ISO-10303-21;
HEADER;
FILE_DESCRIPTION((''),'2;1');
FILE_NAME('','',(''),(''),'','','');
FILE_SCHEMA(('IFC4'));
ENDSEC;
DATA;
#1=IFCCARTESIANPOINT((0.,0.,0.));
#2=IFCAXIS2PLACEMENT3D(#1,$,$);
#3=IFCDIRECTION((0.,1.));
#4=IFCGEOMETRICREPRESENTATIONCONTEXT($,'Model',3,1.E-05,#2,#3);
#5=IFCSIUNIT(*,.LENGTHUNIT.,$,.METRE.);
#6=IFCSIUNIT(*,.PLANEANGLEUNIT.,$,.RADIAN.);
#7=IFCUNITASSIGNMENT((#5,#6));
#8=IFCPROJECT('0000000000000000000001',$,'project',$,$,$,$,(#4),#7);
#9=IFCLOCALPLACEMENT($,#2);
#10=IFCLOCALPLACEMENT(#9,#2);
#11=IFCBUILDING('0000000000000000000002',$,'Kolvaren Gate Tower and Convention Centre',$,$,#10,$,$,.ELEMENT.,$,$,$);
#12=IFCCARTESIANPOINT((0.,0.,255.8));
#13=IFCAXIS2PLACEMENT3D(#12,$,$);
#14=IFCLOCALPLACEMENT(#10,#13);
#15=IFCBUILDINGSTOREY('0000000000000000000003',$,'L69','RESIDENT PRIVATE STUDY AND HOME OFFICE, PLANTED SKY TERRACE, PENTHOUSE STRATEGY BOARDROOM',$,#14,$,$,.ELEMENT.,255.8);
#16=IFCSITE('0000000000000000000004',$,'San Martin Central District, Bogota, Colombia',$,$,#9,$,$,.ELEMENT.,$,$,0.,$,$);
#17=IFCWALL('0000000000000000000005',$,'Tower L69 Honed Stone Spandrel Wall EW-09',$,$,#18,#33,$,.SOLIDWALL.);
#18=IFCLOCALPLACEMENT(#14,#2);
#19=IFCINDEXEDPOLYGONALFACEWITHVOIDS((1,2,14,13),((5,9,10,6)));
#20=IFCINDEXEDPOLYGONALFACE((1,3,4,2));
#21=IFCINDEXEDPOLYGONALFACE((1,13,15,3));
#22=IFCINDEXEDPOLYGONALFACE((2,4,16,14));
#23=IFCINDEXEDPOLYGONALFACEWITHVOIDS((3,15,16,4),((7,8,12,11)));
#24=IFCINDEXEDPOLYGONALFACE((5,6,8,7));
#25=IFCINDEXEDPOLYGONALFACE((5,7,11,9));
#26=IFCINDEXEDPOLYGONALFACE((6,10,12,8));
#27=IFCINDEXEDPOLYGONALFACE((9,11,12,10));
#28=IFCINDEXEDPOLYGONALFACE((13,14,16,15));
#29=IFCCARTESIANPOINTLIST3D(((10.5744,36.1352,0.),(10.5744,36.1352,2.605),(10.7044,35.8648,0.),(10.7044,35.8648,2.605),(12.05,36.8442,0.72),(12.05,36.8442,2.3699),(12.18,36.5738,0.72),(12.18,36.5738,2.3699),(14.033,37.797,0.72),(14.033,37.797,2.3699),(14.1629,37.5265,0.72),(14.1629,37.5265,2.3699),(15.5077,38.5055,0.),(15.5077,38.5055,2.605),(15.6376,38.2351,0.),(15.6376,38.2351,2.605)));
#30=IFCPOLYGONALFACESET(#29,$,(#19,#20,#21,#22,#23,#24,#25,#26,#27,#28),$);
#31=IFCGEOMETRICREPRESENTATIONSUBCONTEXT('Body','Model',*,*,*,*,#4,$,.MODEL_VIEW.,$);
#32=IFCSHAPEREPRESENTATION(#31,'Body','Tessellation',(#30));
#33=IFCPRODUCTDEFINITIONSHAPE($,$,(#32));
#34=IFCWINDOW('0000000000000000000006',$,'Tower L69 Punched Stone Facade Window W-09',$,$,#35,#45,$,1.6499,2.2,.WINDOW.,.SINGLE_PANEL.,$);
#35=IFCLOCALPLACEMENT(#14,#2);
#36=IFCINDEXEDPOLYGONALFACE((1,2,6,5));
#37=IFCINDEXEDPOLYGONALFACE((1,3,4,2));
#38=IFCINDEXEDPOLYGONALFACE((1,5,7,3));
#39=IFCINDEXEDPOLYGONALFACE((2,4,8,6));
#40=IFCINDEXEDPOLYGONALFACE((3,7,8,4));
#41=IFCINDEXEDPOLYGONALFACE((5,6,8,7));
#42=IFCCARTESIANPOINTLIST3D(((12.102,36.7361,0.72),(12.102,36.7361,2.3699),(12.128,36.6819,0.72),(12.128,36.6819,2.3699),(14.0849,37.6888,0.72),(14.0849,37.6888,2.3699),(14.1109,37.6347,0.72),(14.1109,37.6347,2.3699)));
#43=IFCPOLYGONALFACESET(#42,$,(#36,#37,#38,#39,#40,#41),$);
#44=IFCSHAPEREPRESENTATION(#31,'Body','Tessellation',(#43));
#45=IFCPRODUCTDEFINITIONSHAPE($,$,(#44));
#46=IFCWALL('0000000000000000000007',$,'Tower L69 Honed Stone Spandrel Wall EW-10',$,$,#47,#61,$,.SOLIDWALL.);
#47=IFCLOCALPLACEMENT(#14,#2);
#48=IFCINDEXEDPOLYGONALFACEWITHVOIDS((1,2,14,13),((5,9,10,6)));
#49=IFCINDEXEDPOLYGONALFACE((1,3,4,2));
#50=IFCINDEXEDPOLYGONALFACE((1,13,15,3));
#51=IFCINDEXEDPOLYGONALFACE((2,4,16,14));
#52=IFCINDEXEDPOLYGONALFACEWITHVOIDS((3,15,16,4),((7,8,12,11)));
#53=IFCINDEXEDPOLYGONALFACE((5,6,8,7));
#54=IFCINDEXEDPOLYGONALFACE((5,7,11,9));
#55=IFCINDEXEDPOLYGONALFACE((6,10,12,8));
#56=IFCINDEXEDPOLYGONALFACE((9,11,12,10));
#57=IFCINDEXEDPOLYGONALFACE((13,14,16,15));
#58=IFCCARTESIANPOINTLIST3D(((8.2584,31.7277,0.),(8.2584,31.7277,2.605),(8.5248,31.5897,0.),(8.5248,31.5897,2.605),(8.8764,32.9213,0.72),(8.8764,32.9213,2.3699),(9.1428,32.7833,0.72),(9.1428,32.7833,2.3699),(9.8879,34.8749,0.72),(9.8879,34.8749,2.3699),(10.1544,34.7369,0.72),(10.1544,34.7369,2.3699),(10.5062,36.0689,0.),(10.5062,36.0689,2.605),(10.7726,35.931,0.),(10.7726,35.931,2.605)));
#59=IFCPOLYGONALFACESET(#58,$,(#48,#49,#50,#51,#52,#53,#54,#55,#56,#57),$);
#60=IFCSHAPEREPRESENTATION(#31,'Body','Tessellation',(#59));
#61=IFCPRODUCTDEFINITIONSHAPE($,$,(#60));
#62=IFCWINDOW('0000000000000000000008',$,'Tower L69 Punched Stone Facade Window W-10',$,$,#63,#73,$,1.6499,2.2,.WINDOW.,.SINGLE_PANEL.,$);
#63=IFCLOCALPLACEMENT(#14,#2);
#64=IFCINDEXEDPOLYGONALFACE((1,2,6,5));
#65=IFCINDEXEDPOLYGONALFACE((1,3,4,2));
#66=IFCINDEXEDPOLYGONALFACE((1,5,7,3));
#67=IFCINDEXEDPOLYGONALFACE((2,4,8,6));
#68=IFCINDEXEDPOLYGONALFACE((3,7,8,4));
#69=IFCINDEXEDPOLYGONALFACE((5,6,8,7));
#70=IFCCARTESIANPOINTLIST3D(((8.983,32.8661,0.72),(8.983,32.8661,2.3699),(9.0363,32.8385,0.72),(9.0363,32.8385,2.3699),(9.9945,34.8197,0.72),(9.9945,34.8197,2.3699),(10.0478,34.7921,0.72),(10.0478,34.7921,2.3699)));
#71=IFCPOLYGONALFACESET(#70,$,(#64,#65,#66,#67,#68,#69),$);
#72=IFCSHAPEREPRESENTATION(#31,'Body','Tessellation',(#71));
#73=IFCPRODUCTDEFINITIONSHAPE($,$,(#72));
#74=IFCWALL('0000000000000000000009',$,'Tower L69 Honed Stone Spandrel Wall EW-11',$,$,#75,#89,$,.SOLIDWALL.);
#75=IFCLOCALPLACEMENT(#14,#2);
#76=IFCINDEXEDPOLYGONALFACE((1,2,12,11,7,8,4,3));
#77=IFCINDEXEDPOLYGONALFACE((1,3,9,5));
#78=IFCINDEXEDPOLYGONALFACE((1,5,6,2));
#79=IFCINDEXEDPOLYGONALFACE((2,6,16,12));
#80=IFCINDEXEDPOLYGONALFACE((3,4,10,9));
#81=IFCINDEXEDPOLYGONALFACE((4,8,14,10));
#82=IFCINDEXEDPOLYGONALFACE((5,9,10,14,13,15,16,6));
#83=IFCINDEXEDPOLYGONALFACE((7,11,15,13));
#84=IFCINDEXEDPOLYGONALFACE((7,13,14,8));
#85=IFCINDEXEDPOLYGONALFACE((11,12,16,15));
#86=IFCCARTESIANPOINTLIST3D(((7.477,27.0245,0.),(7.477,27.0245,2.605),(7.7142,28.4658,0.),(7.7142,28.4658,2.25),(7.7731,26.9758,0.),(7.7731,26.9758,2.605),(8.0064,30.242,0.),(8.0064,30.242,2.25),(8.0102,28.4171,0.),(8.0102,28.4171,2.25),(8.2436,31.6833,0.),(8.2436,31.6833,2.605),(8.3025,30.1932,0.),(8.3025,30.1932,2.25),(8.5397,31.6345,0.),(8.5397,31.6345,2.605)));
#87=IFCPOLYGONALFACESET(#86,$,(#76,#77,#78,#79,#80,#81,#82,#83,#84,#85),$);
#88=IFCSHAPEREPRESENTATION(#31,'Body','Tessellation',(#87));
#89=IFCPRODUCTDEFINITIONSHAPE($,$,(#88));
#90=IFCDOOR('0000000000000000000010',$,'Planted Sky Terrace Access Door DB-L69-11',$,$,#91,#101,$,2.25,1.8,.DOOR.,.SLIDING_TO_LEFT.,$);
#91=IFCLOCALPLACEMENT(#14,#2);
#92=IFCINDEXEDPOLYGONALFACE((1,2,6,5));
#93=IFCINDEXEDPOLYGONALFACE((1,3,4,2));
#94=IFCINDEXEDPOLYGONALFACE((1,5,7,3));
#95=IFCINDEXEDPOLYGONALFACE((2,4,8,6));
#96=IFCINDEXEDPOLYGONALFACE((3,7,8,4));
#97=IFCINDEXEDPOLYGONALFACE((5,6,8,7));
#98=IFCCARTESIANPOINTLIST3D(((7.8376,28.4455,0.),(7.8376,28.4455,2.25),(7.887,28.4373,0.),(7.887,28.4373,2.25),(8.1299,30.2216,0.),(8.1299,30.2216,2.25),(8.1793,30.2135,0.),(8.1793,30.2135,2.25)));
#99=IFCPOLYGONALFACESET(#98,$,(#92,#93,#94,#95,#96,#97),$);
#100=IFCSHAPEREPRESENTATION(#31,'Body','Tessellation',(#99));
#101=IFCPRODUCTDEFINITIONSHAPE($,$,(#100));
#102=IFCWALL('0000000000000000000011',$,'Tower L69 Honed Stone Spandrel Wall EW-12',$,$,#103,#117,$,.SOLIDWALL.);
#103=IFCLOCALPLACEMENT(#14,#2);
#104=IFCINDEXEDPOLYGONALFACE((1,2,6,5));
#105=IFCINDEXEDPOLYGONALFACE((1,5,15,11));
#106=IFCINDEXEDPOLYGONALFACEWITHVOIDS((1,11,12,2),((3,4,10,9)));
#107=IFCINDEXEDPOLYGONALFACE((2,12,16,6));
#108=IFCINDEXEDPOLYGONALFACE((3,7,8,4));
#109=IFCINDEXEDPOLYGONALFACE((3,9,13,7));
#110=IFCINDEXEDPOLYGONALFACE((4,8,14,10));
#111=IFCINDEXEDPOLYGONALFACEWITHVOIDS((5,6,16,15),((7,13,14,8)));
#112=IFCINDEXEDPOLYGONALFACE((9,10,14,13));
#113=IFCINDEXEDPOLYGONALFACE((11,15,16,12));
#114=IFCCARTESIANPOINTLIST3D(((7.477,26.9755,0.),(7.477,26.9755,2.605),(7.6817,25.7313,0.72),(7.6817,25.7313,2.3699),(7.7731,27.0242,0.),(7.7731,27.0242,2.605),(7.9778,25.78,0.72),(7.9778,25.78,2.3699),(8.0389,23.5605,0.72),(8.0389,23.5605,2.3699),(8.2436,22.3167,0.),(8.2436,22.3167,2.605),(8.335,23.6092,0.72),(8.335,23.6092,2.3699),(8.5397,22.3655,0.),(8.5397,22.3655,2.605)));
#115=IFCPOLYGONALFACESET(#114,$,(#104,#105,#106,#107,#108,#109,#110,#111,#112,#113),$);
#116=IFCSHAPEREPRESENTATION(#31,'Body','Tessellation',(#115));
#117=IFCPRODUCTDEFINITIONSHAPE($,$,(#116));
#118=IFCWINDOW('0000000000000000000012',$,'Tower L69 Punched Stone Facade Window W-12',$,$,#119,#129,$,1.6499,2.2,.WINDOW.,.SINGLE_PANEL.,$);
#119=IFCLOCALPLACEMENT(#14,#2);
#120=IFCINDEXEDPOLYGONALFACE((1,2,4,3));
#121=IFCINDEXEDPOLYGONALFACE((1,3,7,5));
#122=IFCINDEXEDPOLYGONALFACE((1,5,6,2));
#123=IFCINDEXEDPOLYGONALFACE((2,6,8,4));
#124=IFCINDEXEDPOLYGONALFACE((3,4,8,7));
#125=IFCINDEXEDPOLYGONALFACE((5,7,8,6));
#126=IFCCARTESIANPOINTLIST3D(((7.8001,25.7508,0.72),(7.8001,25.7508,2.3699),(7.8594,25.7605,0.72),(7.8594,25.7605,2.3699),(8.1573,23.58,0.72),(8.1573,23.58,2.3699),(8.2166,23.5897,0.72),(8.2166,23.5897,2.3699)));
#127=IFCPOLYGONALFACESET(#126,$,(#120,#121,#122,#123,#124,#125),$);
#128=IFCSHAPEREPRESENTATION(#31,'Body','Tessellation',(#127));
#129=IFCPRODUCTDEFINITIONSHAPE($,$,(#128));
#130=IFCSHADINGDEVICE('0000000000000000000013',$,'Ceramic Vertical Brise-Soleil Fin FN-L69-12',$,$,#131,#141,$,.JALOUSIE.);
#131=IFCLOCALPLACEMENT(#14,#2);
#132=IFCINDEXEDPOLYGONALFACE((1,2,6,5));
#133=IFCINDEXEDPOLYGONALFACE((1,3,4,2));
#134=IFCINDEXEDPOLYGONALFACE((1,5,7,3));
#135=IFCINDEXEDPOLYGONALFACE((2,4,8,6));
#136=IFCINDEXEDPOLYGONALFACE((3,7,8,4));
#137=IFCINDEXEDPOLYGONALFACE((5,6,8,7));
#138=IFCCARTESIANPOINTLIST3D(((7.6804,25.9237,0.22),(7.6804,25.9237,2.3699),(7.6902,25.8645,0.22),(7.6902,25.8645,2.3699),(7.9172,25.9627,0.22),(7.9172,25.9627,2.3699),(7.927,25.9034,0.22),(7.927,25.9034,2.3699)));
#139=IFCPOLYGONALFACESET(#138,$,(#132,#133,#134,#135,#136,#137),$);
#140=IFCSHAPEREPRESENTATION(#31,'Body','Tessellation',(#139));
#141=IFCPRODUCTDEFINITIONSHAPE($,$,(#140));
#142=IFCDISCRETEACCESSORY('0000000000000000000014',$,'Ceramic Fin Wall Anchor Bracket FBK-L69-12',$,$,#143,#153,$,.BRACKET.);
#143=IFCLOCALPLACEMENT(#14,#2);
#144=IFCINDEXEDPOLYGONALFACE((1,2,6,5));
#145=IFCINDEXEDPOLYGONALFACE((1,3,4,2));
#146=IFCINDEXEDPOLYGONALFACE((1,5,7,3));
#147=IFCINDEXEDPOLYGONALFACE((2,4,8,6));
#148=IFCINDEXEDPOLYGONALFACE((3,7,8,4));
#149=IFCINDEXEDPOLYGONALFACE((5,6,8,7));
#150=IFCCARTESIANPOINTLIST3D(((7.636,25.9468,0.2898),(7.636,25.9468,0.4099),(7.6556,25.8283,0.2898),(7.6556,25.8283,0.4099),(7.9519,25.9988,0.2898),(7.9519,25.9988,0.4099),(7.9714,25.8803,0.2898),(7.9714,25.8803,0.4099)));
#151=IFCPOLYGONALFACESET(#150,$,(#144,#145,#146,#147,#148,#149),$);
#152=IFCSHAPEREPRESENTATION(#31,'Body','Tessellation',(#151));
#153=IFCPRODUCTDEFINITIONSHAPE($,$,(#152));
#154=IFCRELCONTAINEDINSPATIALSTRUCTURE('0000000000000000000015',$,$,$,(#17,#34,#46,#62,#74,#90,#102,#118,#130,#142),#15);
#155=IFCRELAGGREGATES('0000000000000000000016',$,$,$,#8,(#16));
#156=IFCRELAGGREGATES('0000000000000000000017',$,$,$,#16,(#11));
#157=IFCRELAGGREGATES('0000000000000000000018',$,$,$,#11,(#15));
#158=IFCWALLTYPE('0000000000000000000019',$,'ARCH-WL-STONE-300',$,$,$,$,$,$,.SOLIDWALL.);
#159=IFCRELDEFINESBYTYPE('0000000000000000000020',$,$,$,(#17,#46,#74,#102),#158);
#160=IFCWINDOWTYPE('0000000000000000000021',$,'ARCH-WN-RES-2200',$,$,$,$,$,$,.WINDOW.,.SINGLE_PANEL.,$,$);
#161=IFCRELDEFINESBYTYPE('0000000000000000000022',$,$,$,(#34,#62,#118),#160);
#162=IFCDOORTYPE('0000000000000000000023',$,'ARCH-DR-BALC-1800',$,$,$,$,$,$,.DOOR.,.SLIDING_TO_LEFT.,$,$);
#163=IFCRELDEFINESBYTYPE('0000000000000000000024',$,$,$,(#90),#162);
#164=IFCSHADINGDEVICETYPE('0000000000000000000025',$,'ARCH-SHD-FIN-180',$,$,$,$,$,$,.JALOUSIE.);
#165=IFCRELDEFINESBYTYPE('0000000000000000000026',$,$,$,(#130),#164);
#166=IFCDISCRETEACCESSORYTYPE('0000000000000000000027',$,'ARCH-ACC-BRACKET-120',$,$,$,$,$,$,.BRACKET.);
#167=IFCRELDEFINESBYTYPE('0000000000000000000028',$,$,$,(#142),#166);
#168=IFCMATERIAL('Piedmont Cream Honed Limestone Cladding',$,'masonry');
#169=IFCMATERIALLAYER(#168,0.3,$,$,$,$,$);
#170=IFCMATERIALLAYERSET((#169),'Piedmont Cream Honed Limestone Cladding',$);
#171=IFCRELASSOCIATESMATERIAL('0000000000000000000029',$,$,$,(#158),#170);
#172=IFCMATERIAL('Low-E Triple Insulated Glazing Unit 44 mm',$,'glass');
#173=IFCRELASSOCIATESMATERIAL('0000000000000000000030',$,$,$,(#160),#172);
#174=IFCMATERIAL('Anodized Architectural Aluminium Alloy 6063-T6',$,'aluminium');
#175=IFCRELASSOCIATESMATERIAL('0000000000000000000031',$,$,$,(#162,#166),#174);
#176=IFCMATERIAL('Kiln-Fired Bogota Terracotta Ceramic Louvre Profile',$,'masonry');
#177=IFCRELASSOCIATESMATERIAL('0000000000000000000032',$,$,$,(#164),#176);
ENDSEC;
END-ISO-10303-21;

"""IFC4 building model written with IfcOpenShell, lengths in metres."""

from ifc_helpers import new_model, si_unit, direction, frame, frame_2d, origin, origin_2d, place, context, subcontext, project, spatial, rectangle, extrude, material, layer, layer_set, type_object, element, fill, save


model = new_model("IFC4")

# Units and contexts
model_context = context("Model", 3, precision=1e-05, world=origin(), true_north=direction((0.0, 1.0)))
body_context = subcontext(model_context, "Body", "Model", "MODEL_VIEW")
ifc_project = project(units=[si_unit("LENGTHUNIT", "METRE"), si_unit("PLANEANGLEUNIT", "RADIAN")], contexts=[model_context])

# Site, building, storey
site_placement = place(None, origin())
site = spatial("IfcSite", under=ifc_project, at=site_placement, Name="San Martin Central District, Bogota, Colombia", CompositionType="ELEMENT", RefElevation=0.0)
building_placement = place(site_placement, origin())
building = spatial("IfcBuilding", under=site, at=building_placement, Name="Kolvaren Gate Tower and Convention Centre", CompositionType="ELEMENT")
storey_placement = place(building_placement, frame((0.0, 0.0, 255.8)))
storey = spatial("IfcBuildingStorey", under=building, at=storey_placement, Name="L69", Description="RESIDENT PRIVATE STUDY AND HOME OFFICE, PLANTED SKY TERRACE, PENTHOUSE STRATEGY BOARDROOM", CompositionType="ELEMENT", Elevation=255.8)

# Shared definitions
ifc_material_1 = material(Name="Piedmont Cream Honed Limestone Cladding", Category="masonry")

# Walls, openings, windows
ifc_layer_1 = layer(ifc_material_1, 0.3)
ifc_layer_set_1 = layer_set([ifc_layer_1], Name="Piedmont Cream Honed Limestone Cladding")
wall_type_1 = type_object("IfcWallType", Name="ARCH-WL-STONE-300", PredefinedType="SOLIDWALL", material=ifc_layer_set_1)
wall_1_placement = place(storey_placement, frame((10.6394, 36.0, 0.0), z_axis=(0.0, 0.0, 1.0), x_axis=(0.901355, 0.433081, 0.0)))
wall_1 = element("IfcWall", 1, at=wall_1_placement, inside=storey, type_object=wall_type_1, Name="Tower L69 Honed Stone Spandrel Wall EW-09", PredefinedType="SOLIDWALL", context=body_context, shape_type="SweptSolid", body=[
    extrude(rectangle(XDim=5.4731, YDim=0.3, at=frame_2d((2.7366, 0.0))), origin(), (0.0, 0.0, 1.0), 2.605),
])
opening_1_placement = place(wall_1_placement, frame((1.637, 0.0, 0.72)))
opening_1 = element("IfcOpeningElement", 2, at=opening_1_placement, cuts=wall_1, PredefinedType="OPENING", context=body_context, shape_type="SweptSolid", body=[
    extrude(rectangle(XDim=2.2, YDim=1.6499, at=frame_2d((1.1001, 0.825))), frame((0.0, 0.1599, 0.0), z_axis=(0.0, -1.0, 0.0), x_axis=(1.0, 0.0, 0.0)), (0.0, 0.0, 1.0), 0.3201),
])
ifc_material_2 = material(Name="Low-E Triple Insulated Glazing Unit 44 mm", Category="glass")
window_type = type_object("IfcWindowType", Name="ARCH-WN-RES-2200", PartitioningType="SINGLE_PANEL", PredefinedType="WINDOW", material=ifc_material_2)
window_1_placement = place(opening_1_placement, origin())
window_1 = element("IfcWindow", 3, at=window_1_placement, inside=storey, type_object=window_type, Name="Tower L69 Punched Stone Facade Window W-09", OverallHeight=1.6499, OverallWidth=2.2, PartitioningType="SINGLE_PANEL", PredefinedType="WINDOW", context=body_context, shape_type="SweptSolid", body=[
    extrude(rectangle(XDim=2.2, YDim=1.6499, at=frame_2d((1.1001, 0.825))), frame((0.0, 0.03, 0.0), z_axis=(0.0, -1.0, 0.0), x_axis=(1.0, 0.0, 0.0)), (0.0, 0.0, 1.0), 0.0601),
])
fill(opening_1, window_1)
wall_2_placement = place(storey_placement, frame((8.3916, 31.6587, 0.0), z_axis=(0.0, 0.0, 1.0), x_axis=(0.459794, 0.888026, 0.0)))
wall_2 = element("IfcWall", 4, at=wall_2_placement, inside=storey, type_object=wall_type_1, Name="Tower L69 Honed Stone Spandrel Wall EW-10", PredefinedType="SOLIDWALL", context=body_context, shape_type="SweptSolid", body=[
    extrude(rectangle(XDim=4.8887, YDim=0.3, at=frame_2d((2.4443, 0.0))), origin(), (0.0, 0.0, 1.0), 2.605),
])
opening_2_placement = place(wall_2_placement, frame((1.344, 0.0, 0.72)))
opening_2 = element("IfcOpeningElement", 5, at=opening_2_placement, cuts=wall_2, PredefinedType="OPENING", context=body_context, shape_type="SweptSolid", body=[
    extrude(rectangle(XDim=2.2, YDim=1.6499, at=frame_2d((1.1001, 0.825))), frame((0.0, 0.1599, 0.0), z_axis=(0.0, -1.0, 0.0), x_axis=(1.0, 0.0, 0.0)), (0.0, 0.0, 1.0), 0.3201),
])
window_2_placement = place(opening_2_placement, origin())
window_2 = element("IfcWindow", 6, at=window_2_placement, inside=storey, type_object=window_type, Name="Tower L69 Punched Stone Facade Window W-10", OverallHeight=1.6499, OverallWidth=2.2, PartitioningType="SINGLE_PANEL", PredefinedType="WINDOW", context=body_context, shape_type="SweptSolid", body=[
    extrude(rectangle(XDim=2.2, YDim=1.6499, at=frame_2d((1.1001, 0.825))), frame((0.0, 0.03, 0.0), z_axis=(0.0, -1.0, 0.0), x_axis=(1.0, 0.0, 0.0)), (0.0, 0.0, 1.0), 0.0601),
])
fill(opening_2, window_2)

# Wall, opening, door
wall_3_placement = place(storey_placement, frame((7.625, 27.0, 0.0), z_axis=(0.0, 0.0, 1.0), x_axis=(0.162369, 0.98673, 0.0)))
wall_3 = element("IfcWall", 7, at=wall_3_placement, inside=storey, type_object=wall_type_1, Name="Tower L69 Honed Stone Spandrel Wall EW-11", PredefinedType="SOLIDWALL", context=body_context, shape_type="SweptSolid", body=[
    extrude(rectangle(XDim=4.7214, YDim=0.3, at=frame_2d((2.3608, 0.0))), origin(), (0.0, 0.0, 1.0), 2.605),
])
opening_3_placement = place(wall_3_placement, frame((1.4609, 0.0, 0.0)))
opening_3 = element("IfcOpeningElement", 8, at=opening_3_placement, cuts=wall_3, PredefinedType="OPENING", context=body_context, shape_type="SweptSolid", body=[
    extrude(rectangle(XDim=1.8, YDim=2.25, at=frame_2d((0.8999, 1.125))), frame((0.0, 0.1599, 0.0), z_axis=(0.0, -1.0, 0.0), x_axis=(1.0, 0.0, 0.0)), (0.0, 0.0, 1.0), 0.3201),
])
ifc_material_3 = material(Name="Anodized Architectural Aluminium Alloy 6063-T6", Category="aluminium")
door_type = type_object("IfcDoorType", Name="ARCH-DR-BALC-1800", OperationType="SLIDING_TO_LEFT", PredefinedType="DOOR", material=ifc_material_3)
door_placement = place(opening_3_placement, origin())
door = element("IfcDoor", 9, at=door_placement, inside=storey, type_object=door_type, Name="Planted Sky Terrace Access Door DB-L69-11", OperationType="SLIDING_TO_LEFT", OverallHeight=2.25, OverallWidth=1.8, PredefinedType="DOOR", context=body_context, shape_type="SweptSolid", body=[
    extrude(rectangle(XDim=1.8, YDim=2.25, at=frame_2d((0.8999, 1.125))), frame((0.0, 0.0249, 0.0), z_axis=(0.0, -1.0, 0.0), x_axis=(1.0, 0.0, 0.0)), (0.0, 0.0, 1.0), 0.05),
])
fill(opening_3, door)

# Wall, opening, window
wall_4_placement = place(storey_placement, frame((7.625, 27.0, 0.0), z_axis=(0.0, 0.0, 1.0), x_axis=(0.162369, -0.98673, 0.0)))
wall_4 = element("IfcWall", 10, at=wall_4_placement, inside=storey, type_object=wall_type_1, Name="Tower L69 Honed Stone Spandrel Wall EW-12", PredefinedType="SOLIDWALL", context=body_context, shape_type="SweptSolid", body=[
    extrude(rectangle(XDim=4.7214, YDim=0.3, at=frame_2d((2.3608, 0.0))), origin(), (0.0, 0.0, 1.0), 2.605),
])
opening_4_placement = place(wall_4_placement, frame((1.261, 0.0, 0.72)))
opening_4 = element("IfcOpeningElement", 11, at=opening_4_placement, cuts=wall_4, PredefinedType="OPENING", context=body_context, shape_type="SweptSolid", body=[
    extrude(rectangle(XDim=2.2, YDim=1.6499, at=frame_2d((1.1001, 0.825))), frame((0.0, 0.1599, 0.0), z_axis=(0.0, -1.0, 0.0), x_axis=(1.0, 0.0, 0.0)), (0.0, 0.0, 1.0), 0.3201),
])
window_3_placement = place(opening_4_placement, origin())
window_3 = element("IfcWindow", 12, at=window_3_placement, inside=storey, type_object=window_type, Name="Tower L69 Punched Stone Facade Window W-12", OverallHeight=1.6499, OverallWidth=2.2, PartitioningType="SINGLE_PANEL", PredefinedType="WINDOW", context=body_context, shape_type="SweptSolid", body=[
    extrude(rectangle(XDim=2.2, YDim=1.6499, at=frame_2d((1.1001, 0.825))), frame((0.0, 0.03, 0.0), z_axis=(0.0, -1.0, 0.0), x_axis=(1.0, 0.0, 0.0)), (0.0, 0.0, 1.0), 0.0601),
])
fill(opening_4, window_3)

# Shading device
ifc_material_4 = material(Name="Kiln-Fired Bogota Terracotta Ceramic Louvre Profile", Category="masonry")
shading_device_type = type_object("IfcShadingDeviceType", Name="ARCH-SHD-FIN-180", PredefinedType="JALOUSIE", material=ifc_material_4)
shading_device_placement = place(storey_placement, frame((7.8037, 25.9136, 0.22), z_axis=(0.0, 0.0, 1.0), x_axis=(0.162389, -0.986727, 0.0)))
element("IfcShadingDevice", 13, at=shading_device_placement, inside=storey, type_object=shading_device_type, Name="Ceramic Vertical Brise-Soleil Fin FN-L69-12", PredefinedType="JALOUSIE", context=body_context, shape_type="SweptSolid", body=[
    extrude(rectangle(XDim=0.0601, YDim=0.24, at=origin_2d()), origin(), (0.0, 0.0, 1.0), 2.1499),
])

# Discrete accessory
discrete_accessory_type = type_object("IfcDiscreteAccessoryType", Name="ARCH-ACC-BRACKET-120", PredefinedType="BRACKET", material=ifc_material_3)
discrete_accessory_placement = place(storey_placement, frame((7.8037, 25.9136, 0.2898), z_axis=(0.0, 0.0, 1.0), x_axis=(0.162389, -0.986727, 0.0)))
element("IfcDiscreteAccessory", 14, at=discrete_accessory_placement, inside=storey, type_object=discrete_accessory_type, Name="Ceramic Fin Wall Anchor Bracket FBK-L69-12", PredefinedType="BRACKET", context=body_context, shape_type="SweptSolid", body=[
    extrude(rectangle(XDim=0.1201, YDim=0.3201, at=origin_2d()), origin(), (0.0, 0.0, 1.0), 0.1201),
])

save(model, "model.ifc")
